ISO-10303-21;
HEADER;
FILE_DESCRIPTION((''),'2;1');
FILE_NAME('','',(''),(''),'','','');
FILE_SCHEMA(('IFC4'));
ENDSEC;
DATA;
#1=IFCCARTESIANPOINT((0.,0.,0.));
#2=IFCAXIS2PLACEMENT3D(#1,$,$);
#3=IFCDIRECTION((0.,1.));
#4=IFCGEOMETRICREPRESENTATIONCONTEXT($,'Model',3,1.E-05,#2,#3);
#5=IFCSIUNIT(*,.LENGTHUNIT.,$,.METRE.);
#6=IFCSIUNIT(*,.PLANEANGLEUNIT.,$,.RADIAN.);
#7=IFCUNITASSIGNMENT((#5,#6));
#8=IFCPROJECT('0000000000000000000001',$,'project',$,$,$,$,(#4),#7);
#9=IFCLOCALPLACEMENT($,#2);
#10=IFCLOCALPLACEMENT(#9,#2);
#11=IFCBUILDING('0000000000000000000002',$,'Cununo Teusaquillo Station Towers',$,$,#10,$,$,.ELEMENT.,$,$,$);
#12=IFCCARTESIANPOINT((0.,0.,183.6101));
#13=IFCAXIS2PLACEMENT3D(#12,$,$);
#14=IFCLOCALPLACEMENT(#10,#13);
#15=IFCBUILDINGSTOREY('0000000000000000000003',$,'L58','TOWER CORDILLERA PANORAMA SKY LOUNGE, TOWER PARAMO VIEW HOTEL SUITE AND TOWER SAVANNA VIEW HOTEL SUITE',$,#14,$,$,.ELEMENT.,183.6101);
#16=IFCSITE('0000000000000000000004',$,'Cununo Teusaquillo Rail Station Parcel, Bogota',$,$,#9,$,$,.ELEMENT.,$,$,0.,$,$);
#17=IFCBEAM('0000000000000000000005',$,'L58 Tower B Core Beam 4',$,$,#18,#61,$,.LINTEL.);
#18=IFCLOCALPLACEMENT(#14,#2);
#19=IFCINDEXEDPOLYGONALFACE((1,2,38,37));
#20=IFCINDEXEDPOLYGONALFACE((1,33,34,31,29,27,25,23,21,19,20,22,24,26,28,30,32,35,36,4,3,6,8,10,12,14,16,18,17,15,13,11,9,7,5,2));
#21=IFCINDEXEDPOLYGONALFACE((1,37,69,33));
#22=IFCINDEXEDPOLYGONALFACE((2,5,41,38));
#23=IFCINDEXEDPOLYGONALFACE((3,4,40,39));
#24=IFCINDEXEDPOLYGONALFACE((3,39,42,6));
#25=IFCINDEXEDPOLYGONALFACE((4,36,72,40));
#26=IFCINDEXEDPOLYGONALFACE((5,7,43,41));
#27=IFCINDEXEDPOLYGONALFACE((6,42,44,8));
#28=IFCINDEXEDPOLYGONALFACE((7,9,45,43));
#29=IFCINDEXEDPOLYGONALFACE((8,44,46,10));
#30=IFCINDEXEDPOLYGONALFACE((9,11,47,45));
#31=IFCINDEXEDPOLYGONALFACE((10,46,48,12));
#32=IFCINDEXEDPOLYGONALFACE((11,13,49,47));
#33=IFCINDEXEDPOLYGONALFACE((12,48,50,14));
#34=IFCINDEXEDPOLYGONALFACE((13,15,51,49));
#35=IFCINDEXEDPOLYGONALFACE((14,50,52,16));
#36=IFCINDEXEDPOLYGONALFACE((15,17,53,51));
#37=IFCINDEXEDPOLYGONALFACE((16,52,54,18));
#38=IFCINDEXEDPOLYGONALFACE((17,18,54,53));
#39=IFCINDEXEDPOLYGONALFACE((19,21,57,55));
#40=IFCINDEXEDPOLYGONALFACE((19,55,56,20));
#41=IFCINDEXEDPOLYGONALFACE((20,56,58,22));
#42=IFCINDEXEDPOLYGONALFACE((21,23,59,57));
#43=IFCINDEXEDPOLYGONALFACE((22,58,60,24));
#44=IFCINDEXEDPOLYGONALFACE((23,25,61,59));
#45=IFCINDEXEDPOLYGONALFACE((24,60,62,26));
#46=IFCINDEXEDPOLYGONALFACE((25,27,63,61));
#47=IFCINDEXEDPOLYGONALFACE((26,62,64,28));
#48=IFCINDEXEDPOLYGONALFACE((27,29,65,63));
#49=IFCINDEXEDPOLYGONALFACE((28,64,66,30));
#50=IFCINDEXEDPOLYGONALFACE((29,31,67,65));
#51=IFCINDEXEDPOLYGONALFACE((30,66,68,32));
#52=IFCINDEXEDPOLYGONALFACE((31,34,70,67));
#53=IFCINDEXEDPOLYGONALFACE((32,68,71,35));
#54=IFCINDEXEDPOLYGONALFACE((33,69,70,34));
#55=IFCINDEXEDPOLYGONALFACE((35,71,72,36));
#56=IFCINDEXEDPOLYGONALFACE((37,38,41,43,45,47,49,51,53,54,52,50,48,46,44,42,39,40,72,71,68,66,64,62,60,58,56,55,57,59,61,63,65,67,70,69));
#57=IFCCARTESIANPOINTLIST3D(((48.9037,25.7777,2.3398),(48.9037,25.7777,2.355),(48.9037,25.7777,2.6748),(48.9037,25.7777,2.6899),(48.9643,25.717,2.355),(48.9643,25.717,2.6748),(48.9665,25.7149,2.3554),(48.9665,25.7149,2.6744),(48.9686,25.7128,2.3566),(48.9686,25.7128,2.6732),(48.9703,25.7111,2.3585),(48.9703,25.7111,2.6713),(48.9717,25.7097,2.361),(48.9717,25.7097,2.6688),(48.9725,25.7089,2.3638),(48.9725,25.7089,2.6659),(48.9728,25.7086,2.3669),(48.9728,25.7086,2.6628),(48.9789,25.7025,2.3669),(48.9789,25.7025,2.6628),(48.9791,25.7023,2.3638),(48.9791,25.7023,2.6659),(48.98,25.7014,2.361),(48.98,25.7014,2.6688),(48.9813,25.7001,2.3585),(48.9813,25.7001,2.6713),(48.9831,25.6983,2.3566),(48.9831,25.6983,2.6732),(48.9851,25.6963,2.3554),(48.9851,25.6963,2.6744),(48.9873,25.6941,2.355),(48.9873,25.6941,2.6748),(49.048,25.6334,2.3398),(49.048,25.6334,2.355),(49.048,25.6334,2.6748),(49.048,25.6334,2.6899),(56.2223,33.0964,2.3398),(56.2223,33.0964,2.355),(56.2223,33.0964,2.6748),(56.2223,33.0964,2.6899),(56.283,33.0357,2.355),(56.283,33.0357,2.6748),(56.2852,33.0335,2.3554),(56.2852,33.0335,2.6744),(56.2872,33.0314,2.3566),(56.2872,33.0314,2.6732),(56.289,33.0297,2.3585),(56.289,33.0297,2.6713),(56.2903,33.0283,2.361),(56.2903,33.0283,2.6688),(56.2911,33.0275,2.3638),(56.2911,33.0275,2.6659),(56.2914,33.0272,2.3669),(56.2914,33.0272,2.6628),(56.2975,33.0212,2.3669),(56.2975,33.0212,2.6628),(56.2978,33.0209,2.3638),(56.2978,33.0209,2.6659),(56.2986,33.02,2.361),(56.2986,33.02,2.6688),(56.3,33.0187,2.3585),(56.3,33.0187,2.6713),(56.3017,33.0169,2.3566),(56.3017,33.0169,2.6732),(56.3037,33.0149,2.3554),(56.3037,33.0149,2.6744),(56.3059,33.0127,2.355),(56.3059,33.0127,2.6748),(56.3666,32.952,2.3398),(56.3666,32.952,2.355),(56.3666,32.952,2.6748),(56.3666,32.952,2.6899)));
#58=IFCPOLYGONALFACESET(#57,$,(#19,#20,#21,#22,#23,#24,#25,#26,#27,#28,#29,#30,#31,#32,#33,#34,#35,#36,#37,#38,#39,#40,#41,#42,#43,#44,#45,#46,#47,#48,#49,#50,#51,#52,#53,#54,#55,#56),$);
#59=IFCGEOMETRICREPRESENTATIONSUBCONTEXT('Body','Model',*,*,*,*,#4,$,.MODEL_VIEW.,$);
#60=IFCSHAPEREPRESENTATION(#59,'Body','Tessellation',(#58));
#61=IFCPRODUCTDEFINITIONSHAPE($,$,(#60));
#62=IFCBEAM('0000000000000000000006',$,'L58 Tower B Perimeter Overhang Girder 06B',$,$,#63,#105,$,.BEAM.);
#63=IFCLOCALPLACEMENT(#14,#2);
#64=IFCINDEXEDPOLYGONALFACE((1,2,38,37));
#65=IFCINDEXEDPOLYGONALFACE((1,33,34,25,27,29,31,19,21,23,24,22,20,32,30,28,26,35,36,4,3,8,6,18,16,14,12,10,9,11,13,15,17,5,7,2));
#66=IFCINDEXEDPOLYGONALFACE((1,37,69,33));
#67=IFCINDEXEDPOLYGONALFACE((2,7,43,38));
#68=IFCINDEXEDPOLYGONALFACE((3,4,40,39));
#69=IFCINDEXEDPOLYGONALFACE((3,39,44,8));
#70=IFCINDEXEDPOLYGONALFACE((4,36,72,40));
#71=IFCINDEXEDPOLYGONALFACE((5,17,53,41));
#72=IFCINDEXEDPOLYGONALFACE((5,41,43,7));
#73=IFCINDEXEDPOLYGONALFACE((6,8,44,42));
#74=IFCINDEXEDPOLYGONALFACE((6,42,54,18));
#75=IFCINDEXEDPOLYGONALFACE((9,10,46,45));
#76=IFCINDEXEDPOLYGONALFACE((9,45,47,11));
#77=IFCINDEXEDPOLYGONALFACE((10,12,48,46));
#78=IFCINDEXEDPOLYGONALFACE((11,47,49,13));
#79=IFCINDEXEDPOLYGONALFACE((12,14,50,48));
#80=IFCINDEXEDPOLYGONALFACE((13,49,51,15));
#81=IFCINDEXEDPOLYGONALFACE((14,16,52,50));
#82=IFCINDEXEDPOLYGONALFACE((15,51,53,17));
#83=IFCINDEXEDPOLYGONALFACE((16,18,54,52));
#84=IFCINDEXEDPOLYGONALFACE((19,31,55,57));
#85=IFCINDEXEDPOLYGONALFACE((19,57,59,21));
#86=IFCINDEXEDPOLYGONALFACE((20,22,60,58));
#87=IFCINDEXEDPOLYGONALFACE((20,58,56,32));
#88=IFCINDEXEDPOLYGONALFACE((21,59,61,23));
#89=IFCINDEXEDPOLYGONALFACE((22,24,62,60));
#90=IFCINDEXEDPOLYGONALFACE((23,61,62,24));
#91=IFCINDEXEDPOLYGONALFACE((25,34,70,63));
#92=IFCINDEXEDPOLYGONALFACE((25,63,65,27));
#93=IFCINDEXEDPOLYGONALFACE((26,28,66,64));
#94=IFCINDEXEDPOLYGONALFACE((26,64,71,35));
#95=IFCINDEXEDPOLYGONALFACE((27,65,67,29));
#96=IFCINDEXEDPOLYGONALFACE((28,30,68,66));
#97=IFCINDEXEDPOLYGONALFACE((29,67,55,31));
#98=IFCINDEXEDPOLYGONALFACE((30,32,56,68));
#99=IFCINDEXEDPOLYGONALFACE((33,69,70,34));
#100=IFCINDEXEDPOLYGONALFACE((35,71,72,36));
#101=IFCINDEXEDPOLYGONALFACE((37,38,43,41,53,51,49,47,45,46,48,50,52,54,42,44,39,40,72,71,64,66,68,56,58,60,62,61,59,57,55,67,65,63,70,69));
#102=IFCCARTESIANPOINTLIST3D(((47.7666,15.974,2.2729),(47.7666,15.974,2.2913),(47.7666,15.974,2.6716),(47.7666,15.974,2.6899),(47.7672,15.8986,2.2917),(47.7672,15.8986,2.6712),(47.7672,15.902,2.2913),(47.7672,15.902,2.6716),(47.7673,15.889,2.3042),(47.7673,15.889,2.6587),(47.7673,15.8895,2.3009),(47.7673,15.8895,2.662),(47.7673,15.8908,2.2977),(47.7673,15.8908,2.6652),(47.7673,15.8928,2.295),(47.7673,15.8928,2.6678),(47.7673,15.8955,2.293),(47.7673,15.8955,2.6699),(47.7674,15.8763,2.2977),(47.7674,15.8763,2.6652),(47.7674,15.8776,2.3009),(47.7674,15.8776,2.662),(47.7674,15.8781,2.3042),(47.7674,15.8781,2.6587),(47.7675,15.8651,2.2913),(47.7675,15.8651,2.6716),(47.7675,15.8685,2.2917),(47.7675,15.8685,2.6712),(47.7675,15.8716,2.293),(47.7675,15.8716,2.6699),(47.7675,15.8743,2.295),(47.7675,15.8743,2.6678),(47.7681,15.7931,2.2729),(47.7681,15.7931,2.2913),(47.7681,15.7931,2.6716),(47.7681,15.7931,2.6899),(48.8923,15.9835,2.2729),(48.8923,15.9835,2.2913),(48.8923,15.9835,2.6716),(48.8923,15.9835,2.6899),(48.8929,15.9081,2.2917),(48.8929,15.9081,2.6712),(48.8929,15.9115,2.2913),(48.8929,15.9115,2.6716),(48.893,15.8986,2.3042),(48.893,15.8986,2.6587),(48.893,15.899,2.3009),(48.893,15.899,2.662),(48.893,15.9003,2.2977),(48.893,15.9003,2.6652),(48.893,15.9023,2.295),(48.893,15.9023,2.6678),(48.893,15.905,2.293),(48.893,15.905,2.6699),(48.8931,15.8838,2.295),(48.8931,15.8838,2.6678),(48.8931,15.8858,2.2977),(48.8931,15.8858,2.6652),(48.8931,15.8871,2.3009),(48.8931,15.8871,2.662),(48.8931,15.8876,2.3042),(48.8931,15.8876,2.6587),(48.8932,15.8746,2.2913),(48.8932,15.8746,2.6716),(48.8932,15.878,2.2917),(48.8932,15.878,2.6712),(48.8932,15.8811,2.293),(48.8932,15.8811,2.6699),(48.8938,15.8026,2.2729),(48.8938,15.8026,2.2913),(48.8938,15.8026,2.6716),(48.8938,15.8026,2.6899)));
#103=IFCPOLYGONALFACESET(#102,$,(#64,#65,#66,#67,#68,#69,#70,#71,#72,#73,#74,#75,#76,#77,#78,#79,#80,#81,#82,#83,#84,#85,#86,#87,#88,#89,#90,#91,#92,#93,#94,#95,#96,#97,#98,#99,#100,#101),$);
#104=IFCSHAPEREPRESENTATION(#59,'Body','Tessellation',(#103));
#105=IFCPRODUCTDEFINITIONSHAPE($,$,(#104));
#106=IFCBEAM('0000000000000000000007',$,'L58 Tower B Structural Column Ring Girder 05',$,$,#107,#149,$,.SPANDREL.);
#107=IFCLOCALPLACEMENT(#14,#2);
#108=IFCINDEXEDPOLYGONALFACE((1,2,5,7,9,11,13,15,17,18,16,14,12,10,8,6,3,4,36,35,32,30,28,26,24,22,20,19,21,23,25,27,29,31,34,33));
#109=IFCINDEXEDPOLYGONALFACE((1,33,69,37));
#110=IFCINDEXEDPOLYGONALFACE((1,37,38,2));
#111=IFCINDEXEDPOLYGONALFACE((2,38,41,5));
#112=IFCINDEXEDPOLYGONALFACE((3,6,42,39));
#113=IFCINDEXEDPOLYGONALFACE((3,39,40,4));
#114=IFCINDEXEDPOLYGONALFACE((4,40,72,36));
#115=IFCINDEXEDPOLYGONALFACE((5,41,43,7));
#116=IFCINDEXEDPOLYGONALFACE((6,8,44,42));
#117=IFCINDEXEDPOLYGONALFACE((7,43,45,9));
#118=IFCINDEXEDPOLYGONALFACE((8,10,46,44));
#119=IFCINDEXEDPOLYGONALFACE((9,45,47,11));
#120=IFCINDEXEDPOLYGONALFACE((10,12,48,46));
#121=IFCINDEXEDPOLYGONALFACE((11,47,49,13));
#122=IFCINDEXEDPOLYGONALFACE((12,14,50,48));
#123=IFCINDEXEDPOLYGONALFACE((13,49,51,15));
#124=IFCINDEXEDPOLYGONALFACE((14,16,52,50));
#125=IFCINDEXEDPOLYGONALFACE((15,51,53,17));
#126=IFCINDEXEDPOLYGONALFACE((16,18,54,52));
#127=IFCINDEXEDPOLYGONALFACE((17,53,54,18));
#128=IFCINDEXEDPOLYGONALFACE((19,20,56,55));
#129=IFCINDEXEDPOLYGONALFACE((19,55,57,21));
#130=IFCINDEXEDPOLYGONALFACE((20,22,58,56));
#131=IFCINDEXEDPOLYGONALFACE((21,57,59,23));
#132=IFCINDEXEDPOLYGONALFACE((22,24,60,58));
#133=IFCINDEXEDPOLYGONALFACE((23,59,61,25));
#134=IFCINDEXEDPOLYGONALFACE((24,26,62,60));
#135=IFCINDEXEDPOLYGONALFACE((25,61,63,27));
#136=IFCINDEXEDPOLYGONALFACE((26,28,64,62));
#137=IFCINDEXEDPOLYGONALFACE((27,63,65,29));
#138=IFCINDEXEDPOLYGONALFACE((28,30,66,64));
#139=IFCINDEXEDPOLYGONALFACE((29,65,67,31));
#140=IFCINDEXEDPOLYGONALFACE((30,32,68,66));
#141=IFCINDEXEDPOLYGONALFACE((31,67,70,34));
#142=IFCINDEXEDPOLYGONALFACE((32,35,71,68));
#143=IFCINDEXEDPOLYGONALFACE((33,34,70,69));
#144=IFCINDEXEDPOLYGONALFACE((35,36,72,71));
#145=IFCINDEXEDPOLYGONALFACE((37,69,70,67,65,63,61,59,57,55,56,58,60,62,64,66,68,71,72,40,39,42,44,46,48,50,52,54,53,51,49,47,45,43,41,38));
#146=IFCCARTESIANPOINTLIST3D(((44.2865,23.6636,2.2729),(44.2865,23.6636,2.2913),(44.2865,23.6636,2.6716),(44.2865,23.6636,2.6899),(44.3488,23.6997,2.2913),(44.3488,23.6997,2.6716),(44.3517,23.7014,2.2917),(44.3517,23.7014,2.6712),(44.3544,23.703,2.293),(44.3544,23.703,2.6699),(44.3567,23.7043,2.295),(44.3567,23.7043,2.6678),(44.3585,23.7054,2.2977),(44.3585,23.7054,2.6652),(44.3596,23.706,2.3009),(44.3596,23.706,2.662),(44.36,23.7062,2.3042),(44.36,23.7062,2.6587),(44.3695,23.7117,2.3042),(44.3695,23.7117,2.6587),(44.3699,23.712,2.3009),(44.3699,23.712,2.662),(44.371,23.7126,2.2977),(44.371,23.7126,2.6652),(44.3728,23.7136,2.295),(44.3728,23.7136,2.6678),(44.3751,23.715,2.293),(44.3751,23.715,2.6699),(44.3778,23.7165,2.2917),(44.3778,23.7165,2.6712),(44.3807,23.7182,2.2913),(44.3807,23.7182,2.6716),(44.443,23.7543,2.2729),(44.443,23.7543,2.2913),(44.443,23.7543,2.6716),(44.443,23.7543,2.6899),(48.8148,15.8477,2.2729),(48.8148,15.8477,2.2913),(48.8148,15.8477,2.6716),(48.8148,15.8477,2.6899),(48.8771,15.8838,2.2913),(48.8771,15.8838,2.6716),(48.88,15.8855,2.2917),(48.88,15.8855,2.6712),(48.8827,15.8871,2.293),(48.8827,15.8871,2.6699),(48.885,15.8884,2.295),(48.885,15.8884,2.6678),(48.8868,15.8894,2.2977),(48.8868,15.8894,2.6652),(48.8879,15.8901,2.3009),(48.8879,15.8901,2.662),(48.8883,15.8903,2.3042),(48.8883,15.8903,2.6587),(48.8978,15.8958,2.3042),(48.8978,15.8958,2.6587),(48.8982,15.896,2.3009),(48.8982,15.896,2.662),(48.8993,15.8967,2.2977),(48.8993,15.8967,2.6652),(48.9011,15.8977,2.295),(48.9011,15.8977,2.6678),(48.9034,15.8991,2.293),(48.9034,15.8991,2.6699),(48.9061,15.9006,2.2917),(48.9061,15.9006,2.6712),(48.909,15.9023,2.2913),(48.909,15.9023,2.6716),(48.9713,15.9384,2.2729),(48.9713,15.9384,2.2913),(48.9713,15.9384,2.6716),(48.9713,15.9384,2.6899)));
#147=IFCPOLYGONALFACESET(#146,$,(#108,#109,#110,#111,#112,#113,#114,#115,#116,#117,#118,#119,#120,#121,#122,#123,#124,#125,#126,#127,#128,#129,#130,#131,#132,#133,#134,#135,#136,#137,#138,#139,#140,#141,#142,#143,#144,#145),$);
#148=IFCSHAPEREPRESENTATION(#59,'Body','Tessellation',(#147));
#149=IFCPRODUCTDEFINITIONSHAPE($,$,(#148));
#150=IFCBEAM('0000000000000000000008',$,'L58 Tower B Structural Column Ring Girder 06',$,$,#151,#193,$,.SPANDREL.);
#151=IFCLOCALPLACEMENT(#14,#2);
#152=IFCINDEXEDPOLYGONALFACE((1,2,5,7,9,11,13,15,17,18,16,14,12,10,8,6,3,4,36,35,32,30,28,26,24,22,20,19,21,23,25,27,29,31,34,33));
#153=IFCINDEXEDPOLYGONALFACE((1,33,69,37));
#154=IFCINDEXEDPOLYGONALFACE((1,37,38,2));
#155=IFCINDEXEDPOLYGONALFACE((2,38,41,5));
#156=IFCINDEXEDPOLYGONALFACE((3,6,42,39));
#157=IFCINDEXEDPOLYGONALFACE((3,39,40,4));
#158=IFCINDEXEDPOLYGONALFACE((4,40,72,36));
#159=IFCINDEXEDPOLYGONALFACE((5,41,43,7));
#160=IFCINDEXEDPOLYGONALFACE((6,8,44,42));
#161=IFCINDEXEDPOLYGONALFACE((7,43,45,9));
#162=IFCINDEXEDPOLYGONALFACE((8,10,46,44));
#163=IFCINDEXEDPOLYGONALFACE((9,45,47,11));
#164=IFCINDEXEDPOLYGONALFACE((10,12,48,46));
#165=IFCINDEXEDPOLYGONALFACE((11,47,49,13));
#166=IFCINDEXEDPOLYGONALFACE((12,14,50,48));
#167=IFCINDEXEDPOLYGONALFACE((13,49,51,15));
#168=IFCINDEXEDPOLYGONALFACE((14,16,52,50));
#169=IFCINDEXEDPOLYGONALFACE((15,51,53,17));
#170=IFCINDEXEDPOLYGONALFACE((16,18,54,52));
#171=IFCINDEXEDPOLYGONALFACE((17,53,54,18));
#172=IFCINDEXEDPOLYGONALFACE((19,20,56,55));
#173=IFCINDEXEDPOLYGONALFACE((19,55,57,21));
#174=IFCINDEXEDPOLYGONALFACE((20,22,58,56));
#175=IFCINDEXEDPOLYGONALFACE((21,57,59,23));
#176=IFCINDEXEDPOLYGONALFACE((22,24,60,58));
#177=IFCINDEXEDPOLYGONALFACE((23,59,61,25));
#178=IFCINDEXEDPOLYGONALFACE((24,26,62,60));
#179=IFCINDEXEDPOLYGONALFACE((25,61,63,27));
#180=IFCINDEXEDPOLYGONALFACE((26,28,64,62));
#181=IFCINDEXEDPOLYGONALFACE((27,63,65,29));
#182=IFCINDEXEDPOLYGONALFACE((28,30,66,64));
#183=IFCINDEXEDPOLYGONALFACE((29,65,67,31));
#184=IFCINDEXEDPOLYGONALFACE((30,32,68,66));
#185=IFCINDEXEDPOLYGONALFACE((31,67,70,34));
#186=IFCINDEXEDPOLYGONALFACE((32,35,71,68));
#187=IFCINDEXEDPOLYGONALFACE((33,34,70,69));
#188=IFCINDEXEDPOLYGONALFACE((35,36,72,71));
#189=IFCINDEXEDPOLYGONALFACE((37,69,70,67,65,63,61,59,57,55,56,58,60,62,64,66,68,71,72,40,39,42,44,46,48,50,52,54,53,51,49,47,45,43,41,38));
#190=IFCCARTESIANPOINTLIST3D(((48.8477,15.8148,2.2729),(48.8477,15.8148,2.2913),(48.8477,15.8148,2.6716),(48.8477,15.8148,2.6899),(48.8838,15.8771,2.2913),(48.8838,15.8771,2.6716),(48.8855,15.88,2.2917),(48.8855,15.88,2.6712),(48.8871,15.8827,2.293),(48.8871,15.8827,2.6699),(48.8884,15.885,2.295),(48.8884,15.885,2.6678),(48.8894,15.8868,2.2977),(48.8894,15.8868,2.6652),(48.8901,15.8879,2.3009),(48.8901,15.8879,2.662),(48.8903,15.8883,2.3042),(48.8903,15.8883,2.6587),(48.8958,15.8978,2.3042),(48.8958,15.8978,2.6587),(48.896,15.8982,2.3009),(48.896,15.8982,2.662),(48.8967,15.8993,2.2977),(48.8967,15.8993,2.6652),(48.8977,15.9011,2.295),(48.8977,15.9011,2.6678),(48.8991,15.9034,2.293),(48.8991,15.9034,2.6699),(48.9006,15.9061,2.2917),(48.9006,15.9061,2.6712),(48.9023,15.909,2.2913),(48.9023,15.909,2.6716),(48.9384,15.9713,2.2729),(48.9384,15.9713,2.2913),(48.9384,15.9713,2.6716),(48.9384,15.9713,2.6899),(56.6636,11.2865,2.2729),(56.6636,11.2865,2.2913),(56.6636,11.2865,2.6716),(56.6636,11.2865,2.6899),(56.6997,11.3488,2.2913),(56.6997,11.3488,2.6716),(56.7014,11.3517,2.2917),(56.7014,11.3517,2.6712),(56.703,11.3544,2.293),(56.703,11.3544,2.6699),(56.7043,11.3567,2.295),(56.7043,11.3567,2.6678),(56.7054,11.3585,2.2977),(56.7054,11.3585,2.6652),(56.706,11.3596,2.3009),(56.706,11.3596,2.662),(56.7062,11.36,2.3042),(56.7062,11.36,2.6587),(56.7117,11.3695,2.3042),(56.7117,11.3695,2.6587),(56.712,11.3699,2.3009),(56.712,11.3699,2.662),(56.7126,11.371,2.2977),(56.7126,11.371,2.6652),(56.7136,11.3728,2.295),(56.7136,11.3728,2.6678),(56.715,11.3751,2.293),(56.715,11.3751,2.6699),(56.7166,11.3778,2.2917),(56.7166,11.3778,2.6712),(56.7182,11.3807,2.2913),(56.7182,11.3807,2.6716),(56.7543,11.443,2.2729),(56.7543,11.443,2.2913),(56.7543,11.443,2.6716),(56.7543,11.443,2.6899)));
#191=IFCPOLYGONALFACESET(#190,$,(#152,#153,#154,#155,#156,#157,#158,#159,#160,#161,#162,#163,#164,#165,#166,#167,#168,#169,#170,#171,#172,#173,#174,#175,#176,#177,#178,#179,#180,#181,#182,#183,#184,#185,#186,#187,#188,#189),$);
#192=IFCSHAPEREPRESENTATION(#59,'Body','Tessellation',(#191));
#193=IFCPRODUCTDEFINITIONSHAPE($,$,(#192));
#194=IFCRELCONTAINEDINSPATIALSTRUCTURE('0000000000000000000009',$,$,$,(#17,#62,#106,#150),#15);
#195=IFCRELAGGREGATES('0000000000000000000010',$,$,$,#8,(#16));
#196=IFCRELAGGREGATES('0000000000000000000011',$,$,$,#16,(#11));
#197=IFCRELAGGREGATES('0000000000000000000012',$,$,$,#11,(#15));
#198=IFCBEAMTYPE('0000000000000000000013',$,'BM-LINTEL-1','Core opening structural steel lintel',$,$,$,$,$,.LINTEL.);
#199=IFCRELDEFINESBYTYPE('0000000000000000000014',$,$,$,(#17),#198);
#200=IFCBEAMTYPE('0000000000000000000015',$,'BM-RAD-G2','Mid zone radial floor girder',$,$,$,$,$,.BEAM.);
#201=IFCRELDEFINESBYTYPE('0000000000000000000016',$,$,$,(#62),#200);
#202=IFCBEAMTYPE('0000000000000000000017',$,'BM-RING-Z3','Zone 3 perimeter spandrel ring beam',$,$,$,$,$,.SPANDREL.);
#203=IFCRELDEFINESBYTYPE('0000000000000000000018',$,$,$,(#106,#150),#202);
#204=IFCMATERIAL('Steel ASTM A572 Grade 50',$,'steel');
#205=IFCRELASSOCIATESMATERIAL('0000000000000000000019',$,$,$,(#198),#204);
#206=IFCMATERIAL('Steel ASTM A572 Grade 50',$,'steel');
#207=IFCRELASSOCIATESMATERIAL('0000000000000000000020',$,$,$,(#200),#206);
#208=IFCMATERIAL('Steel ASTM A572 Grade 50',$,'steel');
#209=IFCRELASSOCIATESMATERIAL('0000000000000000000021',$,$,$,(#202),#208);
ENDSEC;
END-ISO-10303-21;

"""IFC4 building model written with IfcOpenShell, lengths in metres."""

from ifc_helpers import new_model, si_unit, direction, frame, origin, origin_2d, place, context, subcontext, project, spatial, i_section, extrude, material, material_profile, profile_set, type_object, element, save


model = new_model("IFC4")

# Units and contexts
model_context = context("Model", 3, precision=1e-05, world=origin(), true_north=direction((0.0, 1.0)))
body_context = subcontext(model_context, "Body", "Model", "MODEL_VIEW")
ifc_project = project(units=[si_unit("LENGTHUNIT", "METRE"), si_unit("PLANEANGLEUNIT", "RADIAN")], contexts=[model_context])

# Site, building, storey
site_placement = place(None, origin())
site = spatial("IfcSite", under=ifc_project, at=site_placement, Name="Cununo Teusaquillo Rail Station Parcel, Bogota", CompositionType="ELEMENT", RefElevation=0.0)
building_placement = place(site_placement, origin())
building = spatial("IfcBuilding", under=site, at=building_placement, Name="Cununo Teusaquillo Station Towers", CompositionType="ELEMENT")
storey_placement = place(building_placement, frame((0.0, 0.0, 183.6101)))
storey = spatial("IfcBuildingStorey", under=building, at=storey_placement, Name="L58", Description="TOWER CORDILLERA PANORAMA SKY LOUNGE, TOWER PARAMO VIEW HOTEL SUITE AND TOWER SAVANNA VIEW HOTEL SUITE", CompositionType="ELEMENT", Elevation=183.6101)

# Beams
ifc_material_1 = material(Name="Steel ASTM A572 Grade 50", Category="steel")
ifc_material_profile_1 = material_profile(ifc_material_1, i_section(OverallWidth=0.2041, OverallDepth=0.3501, WebThickness=0.0085, FlangeThickness=0.0151, FilletRadius=0.012, at=origin_2d()), Name="W14X48")
ifc_profile_set_1 = profile_set([ifc_material_profile_1], Name="Steel ASTM A572 Grade 50")
beam_type_1 = type_object("IfcBeamType", Name="BM-LINTEL-1", Description="Core opening structural steel lintel", PredefinedType="LINTEL", material=ifc_profile_set_1)
beam_1_placement = place(storey_placement, frame((48.9758, 25.7056, 2.5149), z_axis=(0.707107, 0.707107, 0.0), x_axis=(-0.707107, 0.707107, 0.0)))
element("IfcBeam", 1, at=beam_1_placement, inside=storey, type_object=beam_type_1, Name="L58 Tower B Core Beam 4", PredefinedType="LINTEL", context=body_context, shape_type="SweptSolid", body=[
    extrude(i_section(OverallWidth=0.2041, OverallDepth=0.3501, WebThickness=0.0085, FlangeThickness=0.0151, FilletRadius=0.012, at=origin_2d()), origin(), (0.0, 0.0, 1.0), 10.3501),
])
ifc_material_2 = material(Name="Steel ASTM A572 Grade 50", Category="steel")
ifc_material_profile_2 = material_profile(ifc_material_2, i_section(OverallWidth=0.1809, OverallDepth=0.417, WebThickness=0.011, FlangeThickness=0.0183, FilletRadius=0.0129, at=origin_2d()), Name="W16X57")
ifc_profile_set_2 = profile_set([ifc_material_profile_2], Name="Steel ASTM A572 Grade 50")
beam_type_2 = type_object("IfcBeamType", Name="BM-RAD-G2", Description="Mid zone radial floor girder", PredefinedType="BEAM", material=ifc_profile_set_2)
beam_2_placement = place(storey_placement, frame((48.8931, 15.8931, 2.4814), z_axis=(-0.999964, -0.008458, 0.0), x_axis=(0.008458, -0.999964, 0.0)))
element("IfcBeam", 2, at=beam_2_placement, inside=storey, type_object=beam_type_2, Name="L58 Tower B Perimeter Overhang Girder 06B", PredefinedType="BEAM", context=body_context, shape_type="SweptSolid", body=[
    extrude(i_section(OverallWidth=0.1809, OverallDepth=0.417, WebThickness=0.011, FlangeThickness=0.0183, FilletRadius=0.0129, at=origin_2d()), origin(), (0.0, 0.0, 1.0), 1.1257),
])
ifc_material_3 = material(Name="Steel ASTM A572 Grade 50", Category="steel")
ifc_material_profile_3 = material_profile(ifc_material_3, i_section(OverallWidth=0.1809, OverallDepth=0.417, WebThickness=0.011, FlangeThickness=0.0183, FilletRadius=0.0129, at=origin_2d()), Name="W16X57")
ifc_profile_set_3 = profile_set([ifc_material_profile_3], Name="Steel ASTM A572 Grade 50")
beam_type_3 = type_object("IfcBeamType", Name="BM-RING-Z3", Description="Zone 3 perimeter spandrel ring beam", PredefinedType="SPANDREL", material=ifc_profile_set_3)
for number, where, z_axis, x_axis, name in (
    (3, (44.3647, 23.709, 2.4814), (0.501311, -0.865267, 0.0), (0.865267, 0.501311, 0.0), "L58 Tower B Structural Column Ring Girder 05"),
    (4, (48.8931, 15.8931, 2.4814), (0.865267, -0.501311, 0.0), (0.501311, 0.865267, 0.0), "L58 Tower B Structural Column Ring Girder 06"),
):
    element("IfcBeam", number, at=place(storey_placement, frame(where, z_axis=z_axis, x_axis=x_axis)), inside=storey, type_object=beam_type_3, Name=name, PredefinedType="SPANDREL", context=body_context, shape_type="SweptSolid", body=[
        extrude(i_section(OverallWidth=0.1809, OverallDepth=0.417, WebThickness=0.011, FlangeThickness=0.0183, FilletRadius=0.0129, at=origin_2d()), origin(), (0.0, 0.0, 1.0), 9.033),
    ])

save(model, "model.ifc")
